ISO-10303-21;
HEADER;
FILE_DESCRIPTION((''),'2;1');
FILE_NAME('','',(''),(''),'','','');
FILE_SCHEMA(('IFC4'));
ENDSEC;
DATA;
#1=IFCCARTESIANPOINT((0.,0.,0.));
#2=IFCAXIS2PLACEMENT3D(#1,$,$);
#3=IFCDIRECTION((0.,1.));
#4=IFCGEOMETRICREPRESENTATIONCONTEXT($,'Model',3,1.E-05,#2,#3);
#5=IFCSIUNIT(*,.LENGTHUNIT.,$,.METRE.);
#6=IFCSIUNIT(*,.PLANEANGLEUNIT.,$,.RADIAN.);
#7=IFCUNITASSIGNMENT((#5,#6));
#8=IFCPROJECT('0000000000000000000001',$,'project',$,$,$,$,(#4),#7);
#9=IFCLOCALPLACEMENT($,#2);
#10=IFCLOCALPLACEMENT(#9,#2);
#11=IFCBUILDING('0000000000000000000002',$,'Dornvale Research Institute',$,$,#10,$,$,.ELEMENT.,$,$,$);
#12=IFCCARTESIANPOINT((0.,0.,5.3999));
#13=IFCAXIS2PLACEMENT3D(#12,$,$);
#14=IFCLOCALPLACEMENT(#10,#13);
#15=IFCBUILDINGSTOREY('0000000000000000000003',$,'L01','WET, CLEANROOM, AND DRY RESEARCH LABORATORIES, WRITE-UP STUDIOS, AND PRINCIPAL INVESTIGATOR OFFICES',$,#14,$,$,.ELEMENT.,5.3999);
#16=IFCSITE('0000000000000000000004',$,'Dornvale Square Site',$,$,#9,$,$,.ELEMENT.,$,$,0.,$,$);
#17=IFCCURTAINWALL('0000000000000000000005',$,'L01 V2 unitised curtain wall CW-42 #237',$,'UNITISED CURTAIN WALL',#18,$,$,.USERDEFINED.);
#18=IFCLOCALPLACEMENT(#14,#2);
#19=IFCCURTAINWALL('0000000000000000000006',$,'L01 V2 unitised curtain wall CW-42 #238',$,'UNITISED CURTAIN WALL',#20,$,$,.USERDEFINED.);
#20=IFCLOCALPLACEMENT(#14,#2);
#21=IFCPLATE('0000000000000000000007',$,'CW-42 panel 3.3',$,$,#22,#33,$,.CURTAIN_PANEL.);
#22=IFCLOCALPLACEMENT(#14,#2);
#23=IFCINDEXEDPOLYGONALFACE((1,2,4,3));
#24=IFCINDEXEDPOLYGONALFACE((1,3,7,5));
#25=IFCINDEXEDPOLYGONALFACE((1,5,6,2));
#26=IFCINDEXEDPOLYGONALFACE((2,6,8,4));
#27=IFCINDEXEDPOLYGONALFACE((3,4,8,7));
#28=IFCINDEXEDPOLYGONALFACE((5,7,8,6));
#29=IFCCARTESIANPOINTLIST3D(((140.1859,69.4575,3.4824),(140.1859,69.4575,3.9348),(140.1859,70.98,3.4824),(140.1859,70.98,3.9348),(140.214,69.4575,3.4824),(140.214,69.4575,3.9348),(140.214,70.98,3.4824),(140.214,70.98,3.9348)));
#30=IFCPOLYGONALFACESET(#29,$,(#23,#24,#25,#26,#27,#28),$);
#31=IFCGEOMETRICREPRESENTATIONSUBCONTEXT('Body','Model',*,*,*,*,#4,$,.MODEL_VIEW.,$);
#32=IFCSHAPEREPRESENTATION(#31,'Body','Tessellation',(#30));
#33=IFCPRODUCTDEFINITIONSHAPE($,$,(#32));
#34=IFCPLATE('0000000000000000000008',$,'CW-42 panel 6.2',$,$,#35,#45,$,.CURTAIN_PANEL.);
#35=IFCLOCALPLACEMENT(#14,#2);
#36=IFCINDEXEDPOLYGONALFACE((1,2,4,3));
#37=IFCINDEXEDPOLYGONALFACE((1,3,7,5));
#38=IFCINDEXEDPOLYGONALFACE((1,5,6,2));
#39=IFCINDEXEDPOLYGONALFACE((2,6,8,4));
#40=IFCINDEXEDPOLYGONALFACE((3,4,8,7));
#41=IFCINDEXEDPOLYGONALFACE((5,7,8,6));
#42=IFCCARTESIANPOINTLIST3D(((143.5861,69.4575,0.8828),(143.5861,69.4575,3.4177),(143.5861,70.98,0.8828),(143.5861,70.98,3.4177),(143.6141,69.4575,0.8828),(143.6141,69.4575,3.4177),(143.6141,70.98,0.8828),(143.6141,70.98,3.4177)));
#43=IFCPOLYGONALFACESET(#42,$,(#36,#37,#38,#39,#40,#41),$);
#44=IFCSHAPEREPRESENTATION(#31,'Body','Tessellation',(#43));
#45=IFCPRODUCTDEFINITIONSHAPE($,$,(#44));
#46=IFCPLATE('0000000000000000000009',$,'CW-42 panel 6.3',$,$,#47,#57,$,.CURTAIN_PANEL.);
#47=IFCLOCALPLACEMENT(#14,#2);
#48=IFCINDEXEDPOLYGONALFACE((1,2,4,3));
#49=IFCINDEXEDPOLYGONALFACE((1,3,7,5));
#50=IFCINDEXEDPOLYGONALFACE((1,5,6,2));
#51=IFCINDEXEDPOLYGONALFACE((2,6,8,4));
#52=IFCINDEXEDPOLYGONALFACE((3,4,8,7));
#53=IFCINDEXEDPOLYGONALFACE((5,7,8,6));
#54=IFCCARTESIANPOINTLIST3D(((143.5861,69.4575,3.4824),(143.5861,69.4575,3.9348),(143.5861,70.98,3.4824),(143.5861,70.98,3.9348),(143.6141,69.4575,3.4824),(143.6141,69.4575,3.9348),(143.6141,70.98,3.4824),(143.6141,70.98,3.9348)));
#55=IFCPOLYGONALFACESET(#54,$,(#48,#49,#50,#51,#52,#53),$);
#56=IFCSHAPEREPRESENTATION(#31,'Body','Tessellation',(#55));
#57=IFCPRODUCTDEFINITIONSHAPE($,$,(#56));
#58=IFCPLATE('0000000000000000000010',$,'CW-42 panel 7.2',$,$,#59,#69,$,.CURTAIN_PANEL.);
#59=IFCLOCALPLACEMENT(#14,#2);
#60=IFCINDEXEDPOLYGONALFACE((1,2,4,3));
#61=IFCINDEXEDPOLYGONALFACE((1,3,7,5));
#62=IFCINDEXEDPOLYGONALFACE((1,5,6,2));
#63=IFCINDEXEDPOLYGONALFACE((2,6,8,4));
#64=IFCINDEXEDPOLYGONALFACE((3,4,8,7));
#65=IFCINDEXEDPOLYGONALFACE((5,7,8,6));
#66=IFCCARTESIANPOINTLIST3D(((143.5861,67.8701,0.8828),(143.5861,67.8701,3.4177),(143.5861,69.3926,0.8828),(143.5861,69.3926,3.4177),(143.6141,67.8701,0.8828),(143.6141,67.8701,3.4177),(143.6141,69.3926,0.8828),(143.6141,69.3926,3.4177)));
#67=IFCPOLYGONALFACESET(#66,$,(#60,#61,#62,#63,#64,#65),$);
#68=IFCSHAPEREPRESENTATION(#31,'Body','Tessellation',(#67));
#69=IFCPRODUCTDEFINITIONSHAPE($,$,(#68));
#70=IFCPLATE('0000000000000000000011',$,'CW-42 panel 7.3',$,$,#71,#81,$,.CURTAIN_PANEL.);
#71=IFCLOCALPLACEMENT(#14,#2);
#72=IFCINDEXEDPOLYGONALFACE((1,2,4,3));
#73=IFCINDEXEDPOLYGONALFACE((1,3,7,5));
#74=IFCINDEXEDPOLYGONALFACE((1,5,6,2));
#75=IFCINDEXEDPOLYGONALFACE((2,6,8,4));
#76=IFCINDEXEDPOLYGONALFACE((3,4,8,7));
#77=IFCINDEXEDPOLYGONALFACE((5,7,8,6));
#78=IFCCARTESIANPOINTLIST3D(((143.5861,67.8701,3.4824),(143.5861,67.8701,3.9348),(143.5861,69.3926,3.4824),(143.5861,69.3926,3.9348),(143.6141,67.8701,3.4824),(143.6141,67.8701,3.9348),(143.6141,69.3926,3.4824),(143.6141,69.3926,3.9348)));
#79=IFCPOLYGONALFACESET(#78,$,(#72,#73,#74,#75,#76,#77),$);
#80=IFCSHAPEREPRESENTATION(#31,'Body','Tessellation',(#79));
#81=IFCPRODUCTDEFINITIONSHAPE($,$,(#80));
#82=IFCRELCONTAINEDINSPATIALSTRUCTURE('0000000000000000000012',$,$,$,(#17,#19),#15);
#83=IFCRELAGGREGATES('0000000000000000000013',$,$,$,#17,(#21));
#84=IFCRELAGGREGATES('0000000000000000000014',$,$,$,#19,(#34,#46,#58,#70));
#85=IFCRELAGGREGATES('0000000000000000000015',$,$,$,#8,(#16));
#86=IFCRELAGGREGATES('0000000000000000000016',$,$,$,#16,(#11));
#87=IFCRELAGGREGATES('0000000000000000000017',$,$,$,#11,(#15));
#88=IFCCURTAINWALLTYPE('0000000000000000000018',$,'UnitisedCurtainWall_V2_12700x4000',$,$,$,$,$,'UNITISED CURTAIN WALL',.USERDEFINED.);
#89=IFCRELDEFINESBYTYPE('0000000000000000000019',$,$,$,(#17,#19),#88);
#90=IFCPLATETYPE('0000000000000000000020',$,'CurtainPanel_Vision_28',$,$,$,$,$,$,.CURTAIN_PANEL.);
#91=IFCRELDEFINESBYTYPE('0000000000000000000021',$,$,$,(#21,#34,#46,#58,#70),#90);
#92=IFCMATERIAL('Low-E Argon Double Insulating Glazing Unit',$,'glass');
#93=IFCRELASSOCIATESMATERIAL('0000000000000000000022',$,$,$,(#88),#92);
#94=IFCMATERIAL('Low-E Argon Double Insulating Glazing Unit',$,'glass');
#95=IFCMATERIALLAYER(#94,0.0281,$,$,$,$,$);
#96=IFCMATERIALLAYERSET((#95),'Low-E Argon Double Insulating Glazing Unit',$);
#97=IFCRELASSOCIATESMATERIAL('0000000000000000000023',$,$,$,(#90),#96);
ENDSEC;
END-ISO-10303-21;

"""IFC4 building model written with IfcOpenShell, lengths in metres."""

from ifc_helpers import new_model, si_unit, direction, frame, origin, origin_2d, place, context, subcontext, project, spatial, rectangle, extrude, material, layer, layer_set, type_object, element, aggregate, save


model = new_model("IFC4")

# Units and contexts
model_context = context("Model", 3, precision=1e-05, world=origin(), true_north=direction((0.0, 1.0)))
body_context = subcontext(model_context, "Body", "Model", "MODEL_VIEW")
ifc_project = project(units=[si_unit("LENGTHUNIT", "METRE"), si_unit("PLANEANGLEUNIT", "RADIAN")], contexts=[model_context])

# Site, building, storey
site_placement = place(None, origin())
site = spatial("IfcSite", under=ifc_project, at=site_placement, Name="Dornvale Square Site", CompositionType="ELEMENT", RefElevation=0.0)
building_placement = place(site_placement, origin())
building = spatial("IfcBuilding", under=site, at=building_placement, Name="Dornvale Research Institute", CompositionType="ELEMENT")
storey_placement = place(building_placement, frame((0.0, 0.0, 5.3999)))
storey = spatial("IfcBuildingStorey", under=building, at=storey_placement, Name="L01", Description="WET, CLEANROOM, AND DRY RESEARCH LABORATORIES, WRITE-UP STUDIOS, AND PRINCIPAL INVESTIGATOR OFFICES", CompositionType="ELEMENT", Elevation=5.3999)

# Curtain walls
ifc_material_1 = material(Name="Low-E Argon Double Insulating Glazing Unit", Category="glass")
curtain_wall_type = type_object("IfcCurtainWallType", Name="UnitisedCurtainWall_V2_12700x4000", ElementType="UNITISED CURTAIN WALL", PredefinedType="USERDEFINED", material=ifc_material_1)
curtain_wall_1_placement = place(storey_placement, origin())
curtain_wall_1 = element("IfcCurtainWall", 1, at=curtain_wall_1_placement, inside=storey, type_object=curtain_wall_type, Name="L01 V2 unitised curtain wall CW-42 #237", ObjectType="UNITISED CURTAIN WALL", PredefinedType="USERDEFINED")
curtain_wall_2_placement = place(storey_placement, origin())
curtain_wall_2 = element("IfcCurtainWall", 2, at=curtain_wall_2_placement, inside=storey, type_object=curtain_wall_type, Name="L01 V2 unitised curtain wall CW-42 #238", ObjectType="UNITISED CURTAIN WALL", PredefinedType="USERDEFINED")

# Plates
ifc_material_2 = material(Name="Low-E Argon Double Insulating Glazing Unit", Category="glass")
ifc_layer_1 = layer(ifc_material_2, 0.0281)
ifc_layer_set_1 = layer_set([ifc_layer_1], Name="Low-E Argon Double Insulating Glazing Unit")
plate_type_1 = type_object("IfcPlateType", Name="CurtainPanel_Vision_28", PredefinedType="CURTAIN_PANEL", material=ifc_layer_set_1)
plate_1_placement = place(storey_placement, frame((140.2, 70.2188, 3.4824), z_axis=(0.0, 0.0, 1.0), x_axis=(0.0, 1.0, 0.0)))
plate_1 = element("IfcPlate", 3, at=plate_1_placement, type_object=plate_type_1, Name="CW-42 panel 3.3", PredefinedType="CURTAIN_PANEL", context=body_context, shape_type="SweptSolid", body=[
    extrude(rectangle(XDim=1.5225, YDim=0.0281, at=origin_2d()), origin(), (0.0, 0.0, 1.0), 0.4524),
])
aggregate(curtain_wall_1, [plate_1])
plate_2_placement = place(storey_placement, frame((143.6001, 70.2188, 0.8828), z_axis=(0.0, 0.0, 1.0), x_axis=(0.0, -1.0, 0.0)))
plate_2 = element("IfcPlate", 4, at=plate_2_placement, type_object=plate_type_1, Name="CW-42 panel 6.2", PredefinedType="CURTAIN_PANEL", context=body_context, shape_type="SweptSolid", body=[
    extrude(rectangle(XDim=1.5225, YDim=0.0281, at=origin_2d()), origin(), (0.0, 0.0, 1.0), 2.5349),
])
plate_3_placement = place(storey_placement, frame((143.6001, 70.2188, 3.4824), z_axis=(0.0, 0.0, 1.0), x_axis=(0.0, -1.0, 0.0)))
plate_3 = element("IfcPlate", 5, at=plate_3_placement, type_object=plate_type_1, Name="CW-42 panel 6.3", PredefinedType="CURTAIN_PANEL", context=body_context, shape_type="SweptSolid", body=[
    extrude(rectangle(XDim=1.5225, YDim=0.0281, at=origin_2d()), origin(), (0.0, 0.0, 1.0), 0.4524),
])
plate_4_placement = place(storey_placement, frame((143.6001, 68.6313, 0.8828), z_axis=(0.0, 0.0, 1.0), x_axis=(0.0, -1.0, 0.0)))
plate_4 = element("IfcPlate", 6, at=plate_4_placement, type_object=plate_type_1, Name="CW-42 panel 7.2", PredefinedType="CURTAIN_PANEL", context=body_context, shape_type="SweptSolid", body=[
    extrude(rectangle(XDim=1.5225, YDim=0.0281, at=origin_2d()), origin(), (0.0, 0.0, 1.0), 2.5349),
])
plate_5_placement = place(storey_placement, frame((143.6001, 68.6313, 3.4824), z_axis=(0.0, 0.0, 1.0), x_axis=(0.0, -1.0, 0.0)))
plate_5 = element("IfcPlate", 7, at=plate_5_placement, type_object=plate_type_1, Name="CW-42 panel 7.3", PredefinedType="CURTAIN_PANEL", context=body_context, shape_type="SweptSolid", body=[
    extrude(rectangle(XDim=1.5225, YDim=0.0281, at=origin_2d()), origin(), (0.0, 0.0, 1.0), 0.4524),
])
aggregate(curtain_wall_2, [plate_2, plate_3, plate_4, plate_5])

save(model, "model.ifc")
